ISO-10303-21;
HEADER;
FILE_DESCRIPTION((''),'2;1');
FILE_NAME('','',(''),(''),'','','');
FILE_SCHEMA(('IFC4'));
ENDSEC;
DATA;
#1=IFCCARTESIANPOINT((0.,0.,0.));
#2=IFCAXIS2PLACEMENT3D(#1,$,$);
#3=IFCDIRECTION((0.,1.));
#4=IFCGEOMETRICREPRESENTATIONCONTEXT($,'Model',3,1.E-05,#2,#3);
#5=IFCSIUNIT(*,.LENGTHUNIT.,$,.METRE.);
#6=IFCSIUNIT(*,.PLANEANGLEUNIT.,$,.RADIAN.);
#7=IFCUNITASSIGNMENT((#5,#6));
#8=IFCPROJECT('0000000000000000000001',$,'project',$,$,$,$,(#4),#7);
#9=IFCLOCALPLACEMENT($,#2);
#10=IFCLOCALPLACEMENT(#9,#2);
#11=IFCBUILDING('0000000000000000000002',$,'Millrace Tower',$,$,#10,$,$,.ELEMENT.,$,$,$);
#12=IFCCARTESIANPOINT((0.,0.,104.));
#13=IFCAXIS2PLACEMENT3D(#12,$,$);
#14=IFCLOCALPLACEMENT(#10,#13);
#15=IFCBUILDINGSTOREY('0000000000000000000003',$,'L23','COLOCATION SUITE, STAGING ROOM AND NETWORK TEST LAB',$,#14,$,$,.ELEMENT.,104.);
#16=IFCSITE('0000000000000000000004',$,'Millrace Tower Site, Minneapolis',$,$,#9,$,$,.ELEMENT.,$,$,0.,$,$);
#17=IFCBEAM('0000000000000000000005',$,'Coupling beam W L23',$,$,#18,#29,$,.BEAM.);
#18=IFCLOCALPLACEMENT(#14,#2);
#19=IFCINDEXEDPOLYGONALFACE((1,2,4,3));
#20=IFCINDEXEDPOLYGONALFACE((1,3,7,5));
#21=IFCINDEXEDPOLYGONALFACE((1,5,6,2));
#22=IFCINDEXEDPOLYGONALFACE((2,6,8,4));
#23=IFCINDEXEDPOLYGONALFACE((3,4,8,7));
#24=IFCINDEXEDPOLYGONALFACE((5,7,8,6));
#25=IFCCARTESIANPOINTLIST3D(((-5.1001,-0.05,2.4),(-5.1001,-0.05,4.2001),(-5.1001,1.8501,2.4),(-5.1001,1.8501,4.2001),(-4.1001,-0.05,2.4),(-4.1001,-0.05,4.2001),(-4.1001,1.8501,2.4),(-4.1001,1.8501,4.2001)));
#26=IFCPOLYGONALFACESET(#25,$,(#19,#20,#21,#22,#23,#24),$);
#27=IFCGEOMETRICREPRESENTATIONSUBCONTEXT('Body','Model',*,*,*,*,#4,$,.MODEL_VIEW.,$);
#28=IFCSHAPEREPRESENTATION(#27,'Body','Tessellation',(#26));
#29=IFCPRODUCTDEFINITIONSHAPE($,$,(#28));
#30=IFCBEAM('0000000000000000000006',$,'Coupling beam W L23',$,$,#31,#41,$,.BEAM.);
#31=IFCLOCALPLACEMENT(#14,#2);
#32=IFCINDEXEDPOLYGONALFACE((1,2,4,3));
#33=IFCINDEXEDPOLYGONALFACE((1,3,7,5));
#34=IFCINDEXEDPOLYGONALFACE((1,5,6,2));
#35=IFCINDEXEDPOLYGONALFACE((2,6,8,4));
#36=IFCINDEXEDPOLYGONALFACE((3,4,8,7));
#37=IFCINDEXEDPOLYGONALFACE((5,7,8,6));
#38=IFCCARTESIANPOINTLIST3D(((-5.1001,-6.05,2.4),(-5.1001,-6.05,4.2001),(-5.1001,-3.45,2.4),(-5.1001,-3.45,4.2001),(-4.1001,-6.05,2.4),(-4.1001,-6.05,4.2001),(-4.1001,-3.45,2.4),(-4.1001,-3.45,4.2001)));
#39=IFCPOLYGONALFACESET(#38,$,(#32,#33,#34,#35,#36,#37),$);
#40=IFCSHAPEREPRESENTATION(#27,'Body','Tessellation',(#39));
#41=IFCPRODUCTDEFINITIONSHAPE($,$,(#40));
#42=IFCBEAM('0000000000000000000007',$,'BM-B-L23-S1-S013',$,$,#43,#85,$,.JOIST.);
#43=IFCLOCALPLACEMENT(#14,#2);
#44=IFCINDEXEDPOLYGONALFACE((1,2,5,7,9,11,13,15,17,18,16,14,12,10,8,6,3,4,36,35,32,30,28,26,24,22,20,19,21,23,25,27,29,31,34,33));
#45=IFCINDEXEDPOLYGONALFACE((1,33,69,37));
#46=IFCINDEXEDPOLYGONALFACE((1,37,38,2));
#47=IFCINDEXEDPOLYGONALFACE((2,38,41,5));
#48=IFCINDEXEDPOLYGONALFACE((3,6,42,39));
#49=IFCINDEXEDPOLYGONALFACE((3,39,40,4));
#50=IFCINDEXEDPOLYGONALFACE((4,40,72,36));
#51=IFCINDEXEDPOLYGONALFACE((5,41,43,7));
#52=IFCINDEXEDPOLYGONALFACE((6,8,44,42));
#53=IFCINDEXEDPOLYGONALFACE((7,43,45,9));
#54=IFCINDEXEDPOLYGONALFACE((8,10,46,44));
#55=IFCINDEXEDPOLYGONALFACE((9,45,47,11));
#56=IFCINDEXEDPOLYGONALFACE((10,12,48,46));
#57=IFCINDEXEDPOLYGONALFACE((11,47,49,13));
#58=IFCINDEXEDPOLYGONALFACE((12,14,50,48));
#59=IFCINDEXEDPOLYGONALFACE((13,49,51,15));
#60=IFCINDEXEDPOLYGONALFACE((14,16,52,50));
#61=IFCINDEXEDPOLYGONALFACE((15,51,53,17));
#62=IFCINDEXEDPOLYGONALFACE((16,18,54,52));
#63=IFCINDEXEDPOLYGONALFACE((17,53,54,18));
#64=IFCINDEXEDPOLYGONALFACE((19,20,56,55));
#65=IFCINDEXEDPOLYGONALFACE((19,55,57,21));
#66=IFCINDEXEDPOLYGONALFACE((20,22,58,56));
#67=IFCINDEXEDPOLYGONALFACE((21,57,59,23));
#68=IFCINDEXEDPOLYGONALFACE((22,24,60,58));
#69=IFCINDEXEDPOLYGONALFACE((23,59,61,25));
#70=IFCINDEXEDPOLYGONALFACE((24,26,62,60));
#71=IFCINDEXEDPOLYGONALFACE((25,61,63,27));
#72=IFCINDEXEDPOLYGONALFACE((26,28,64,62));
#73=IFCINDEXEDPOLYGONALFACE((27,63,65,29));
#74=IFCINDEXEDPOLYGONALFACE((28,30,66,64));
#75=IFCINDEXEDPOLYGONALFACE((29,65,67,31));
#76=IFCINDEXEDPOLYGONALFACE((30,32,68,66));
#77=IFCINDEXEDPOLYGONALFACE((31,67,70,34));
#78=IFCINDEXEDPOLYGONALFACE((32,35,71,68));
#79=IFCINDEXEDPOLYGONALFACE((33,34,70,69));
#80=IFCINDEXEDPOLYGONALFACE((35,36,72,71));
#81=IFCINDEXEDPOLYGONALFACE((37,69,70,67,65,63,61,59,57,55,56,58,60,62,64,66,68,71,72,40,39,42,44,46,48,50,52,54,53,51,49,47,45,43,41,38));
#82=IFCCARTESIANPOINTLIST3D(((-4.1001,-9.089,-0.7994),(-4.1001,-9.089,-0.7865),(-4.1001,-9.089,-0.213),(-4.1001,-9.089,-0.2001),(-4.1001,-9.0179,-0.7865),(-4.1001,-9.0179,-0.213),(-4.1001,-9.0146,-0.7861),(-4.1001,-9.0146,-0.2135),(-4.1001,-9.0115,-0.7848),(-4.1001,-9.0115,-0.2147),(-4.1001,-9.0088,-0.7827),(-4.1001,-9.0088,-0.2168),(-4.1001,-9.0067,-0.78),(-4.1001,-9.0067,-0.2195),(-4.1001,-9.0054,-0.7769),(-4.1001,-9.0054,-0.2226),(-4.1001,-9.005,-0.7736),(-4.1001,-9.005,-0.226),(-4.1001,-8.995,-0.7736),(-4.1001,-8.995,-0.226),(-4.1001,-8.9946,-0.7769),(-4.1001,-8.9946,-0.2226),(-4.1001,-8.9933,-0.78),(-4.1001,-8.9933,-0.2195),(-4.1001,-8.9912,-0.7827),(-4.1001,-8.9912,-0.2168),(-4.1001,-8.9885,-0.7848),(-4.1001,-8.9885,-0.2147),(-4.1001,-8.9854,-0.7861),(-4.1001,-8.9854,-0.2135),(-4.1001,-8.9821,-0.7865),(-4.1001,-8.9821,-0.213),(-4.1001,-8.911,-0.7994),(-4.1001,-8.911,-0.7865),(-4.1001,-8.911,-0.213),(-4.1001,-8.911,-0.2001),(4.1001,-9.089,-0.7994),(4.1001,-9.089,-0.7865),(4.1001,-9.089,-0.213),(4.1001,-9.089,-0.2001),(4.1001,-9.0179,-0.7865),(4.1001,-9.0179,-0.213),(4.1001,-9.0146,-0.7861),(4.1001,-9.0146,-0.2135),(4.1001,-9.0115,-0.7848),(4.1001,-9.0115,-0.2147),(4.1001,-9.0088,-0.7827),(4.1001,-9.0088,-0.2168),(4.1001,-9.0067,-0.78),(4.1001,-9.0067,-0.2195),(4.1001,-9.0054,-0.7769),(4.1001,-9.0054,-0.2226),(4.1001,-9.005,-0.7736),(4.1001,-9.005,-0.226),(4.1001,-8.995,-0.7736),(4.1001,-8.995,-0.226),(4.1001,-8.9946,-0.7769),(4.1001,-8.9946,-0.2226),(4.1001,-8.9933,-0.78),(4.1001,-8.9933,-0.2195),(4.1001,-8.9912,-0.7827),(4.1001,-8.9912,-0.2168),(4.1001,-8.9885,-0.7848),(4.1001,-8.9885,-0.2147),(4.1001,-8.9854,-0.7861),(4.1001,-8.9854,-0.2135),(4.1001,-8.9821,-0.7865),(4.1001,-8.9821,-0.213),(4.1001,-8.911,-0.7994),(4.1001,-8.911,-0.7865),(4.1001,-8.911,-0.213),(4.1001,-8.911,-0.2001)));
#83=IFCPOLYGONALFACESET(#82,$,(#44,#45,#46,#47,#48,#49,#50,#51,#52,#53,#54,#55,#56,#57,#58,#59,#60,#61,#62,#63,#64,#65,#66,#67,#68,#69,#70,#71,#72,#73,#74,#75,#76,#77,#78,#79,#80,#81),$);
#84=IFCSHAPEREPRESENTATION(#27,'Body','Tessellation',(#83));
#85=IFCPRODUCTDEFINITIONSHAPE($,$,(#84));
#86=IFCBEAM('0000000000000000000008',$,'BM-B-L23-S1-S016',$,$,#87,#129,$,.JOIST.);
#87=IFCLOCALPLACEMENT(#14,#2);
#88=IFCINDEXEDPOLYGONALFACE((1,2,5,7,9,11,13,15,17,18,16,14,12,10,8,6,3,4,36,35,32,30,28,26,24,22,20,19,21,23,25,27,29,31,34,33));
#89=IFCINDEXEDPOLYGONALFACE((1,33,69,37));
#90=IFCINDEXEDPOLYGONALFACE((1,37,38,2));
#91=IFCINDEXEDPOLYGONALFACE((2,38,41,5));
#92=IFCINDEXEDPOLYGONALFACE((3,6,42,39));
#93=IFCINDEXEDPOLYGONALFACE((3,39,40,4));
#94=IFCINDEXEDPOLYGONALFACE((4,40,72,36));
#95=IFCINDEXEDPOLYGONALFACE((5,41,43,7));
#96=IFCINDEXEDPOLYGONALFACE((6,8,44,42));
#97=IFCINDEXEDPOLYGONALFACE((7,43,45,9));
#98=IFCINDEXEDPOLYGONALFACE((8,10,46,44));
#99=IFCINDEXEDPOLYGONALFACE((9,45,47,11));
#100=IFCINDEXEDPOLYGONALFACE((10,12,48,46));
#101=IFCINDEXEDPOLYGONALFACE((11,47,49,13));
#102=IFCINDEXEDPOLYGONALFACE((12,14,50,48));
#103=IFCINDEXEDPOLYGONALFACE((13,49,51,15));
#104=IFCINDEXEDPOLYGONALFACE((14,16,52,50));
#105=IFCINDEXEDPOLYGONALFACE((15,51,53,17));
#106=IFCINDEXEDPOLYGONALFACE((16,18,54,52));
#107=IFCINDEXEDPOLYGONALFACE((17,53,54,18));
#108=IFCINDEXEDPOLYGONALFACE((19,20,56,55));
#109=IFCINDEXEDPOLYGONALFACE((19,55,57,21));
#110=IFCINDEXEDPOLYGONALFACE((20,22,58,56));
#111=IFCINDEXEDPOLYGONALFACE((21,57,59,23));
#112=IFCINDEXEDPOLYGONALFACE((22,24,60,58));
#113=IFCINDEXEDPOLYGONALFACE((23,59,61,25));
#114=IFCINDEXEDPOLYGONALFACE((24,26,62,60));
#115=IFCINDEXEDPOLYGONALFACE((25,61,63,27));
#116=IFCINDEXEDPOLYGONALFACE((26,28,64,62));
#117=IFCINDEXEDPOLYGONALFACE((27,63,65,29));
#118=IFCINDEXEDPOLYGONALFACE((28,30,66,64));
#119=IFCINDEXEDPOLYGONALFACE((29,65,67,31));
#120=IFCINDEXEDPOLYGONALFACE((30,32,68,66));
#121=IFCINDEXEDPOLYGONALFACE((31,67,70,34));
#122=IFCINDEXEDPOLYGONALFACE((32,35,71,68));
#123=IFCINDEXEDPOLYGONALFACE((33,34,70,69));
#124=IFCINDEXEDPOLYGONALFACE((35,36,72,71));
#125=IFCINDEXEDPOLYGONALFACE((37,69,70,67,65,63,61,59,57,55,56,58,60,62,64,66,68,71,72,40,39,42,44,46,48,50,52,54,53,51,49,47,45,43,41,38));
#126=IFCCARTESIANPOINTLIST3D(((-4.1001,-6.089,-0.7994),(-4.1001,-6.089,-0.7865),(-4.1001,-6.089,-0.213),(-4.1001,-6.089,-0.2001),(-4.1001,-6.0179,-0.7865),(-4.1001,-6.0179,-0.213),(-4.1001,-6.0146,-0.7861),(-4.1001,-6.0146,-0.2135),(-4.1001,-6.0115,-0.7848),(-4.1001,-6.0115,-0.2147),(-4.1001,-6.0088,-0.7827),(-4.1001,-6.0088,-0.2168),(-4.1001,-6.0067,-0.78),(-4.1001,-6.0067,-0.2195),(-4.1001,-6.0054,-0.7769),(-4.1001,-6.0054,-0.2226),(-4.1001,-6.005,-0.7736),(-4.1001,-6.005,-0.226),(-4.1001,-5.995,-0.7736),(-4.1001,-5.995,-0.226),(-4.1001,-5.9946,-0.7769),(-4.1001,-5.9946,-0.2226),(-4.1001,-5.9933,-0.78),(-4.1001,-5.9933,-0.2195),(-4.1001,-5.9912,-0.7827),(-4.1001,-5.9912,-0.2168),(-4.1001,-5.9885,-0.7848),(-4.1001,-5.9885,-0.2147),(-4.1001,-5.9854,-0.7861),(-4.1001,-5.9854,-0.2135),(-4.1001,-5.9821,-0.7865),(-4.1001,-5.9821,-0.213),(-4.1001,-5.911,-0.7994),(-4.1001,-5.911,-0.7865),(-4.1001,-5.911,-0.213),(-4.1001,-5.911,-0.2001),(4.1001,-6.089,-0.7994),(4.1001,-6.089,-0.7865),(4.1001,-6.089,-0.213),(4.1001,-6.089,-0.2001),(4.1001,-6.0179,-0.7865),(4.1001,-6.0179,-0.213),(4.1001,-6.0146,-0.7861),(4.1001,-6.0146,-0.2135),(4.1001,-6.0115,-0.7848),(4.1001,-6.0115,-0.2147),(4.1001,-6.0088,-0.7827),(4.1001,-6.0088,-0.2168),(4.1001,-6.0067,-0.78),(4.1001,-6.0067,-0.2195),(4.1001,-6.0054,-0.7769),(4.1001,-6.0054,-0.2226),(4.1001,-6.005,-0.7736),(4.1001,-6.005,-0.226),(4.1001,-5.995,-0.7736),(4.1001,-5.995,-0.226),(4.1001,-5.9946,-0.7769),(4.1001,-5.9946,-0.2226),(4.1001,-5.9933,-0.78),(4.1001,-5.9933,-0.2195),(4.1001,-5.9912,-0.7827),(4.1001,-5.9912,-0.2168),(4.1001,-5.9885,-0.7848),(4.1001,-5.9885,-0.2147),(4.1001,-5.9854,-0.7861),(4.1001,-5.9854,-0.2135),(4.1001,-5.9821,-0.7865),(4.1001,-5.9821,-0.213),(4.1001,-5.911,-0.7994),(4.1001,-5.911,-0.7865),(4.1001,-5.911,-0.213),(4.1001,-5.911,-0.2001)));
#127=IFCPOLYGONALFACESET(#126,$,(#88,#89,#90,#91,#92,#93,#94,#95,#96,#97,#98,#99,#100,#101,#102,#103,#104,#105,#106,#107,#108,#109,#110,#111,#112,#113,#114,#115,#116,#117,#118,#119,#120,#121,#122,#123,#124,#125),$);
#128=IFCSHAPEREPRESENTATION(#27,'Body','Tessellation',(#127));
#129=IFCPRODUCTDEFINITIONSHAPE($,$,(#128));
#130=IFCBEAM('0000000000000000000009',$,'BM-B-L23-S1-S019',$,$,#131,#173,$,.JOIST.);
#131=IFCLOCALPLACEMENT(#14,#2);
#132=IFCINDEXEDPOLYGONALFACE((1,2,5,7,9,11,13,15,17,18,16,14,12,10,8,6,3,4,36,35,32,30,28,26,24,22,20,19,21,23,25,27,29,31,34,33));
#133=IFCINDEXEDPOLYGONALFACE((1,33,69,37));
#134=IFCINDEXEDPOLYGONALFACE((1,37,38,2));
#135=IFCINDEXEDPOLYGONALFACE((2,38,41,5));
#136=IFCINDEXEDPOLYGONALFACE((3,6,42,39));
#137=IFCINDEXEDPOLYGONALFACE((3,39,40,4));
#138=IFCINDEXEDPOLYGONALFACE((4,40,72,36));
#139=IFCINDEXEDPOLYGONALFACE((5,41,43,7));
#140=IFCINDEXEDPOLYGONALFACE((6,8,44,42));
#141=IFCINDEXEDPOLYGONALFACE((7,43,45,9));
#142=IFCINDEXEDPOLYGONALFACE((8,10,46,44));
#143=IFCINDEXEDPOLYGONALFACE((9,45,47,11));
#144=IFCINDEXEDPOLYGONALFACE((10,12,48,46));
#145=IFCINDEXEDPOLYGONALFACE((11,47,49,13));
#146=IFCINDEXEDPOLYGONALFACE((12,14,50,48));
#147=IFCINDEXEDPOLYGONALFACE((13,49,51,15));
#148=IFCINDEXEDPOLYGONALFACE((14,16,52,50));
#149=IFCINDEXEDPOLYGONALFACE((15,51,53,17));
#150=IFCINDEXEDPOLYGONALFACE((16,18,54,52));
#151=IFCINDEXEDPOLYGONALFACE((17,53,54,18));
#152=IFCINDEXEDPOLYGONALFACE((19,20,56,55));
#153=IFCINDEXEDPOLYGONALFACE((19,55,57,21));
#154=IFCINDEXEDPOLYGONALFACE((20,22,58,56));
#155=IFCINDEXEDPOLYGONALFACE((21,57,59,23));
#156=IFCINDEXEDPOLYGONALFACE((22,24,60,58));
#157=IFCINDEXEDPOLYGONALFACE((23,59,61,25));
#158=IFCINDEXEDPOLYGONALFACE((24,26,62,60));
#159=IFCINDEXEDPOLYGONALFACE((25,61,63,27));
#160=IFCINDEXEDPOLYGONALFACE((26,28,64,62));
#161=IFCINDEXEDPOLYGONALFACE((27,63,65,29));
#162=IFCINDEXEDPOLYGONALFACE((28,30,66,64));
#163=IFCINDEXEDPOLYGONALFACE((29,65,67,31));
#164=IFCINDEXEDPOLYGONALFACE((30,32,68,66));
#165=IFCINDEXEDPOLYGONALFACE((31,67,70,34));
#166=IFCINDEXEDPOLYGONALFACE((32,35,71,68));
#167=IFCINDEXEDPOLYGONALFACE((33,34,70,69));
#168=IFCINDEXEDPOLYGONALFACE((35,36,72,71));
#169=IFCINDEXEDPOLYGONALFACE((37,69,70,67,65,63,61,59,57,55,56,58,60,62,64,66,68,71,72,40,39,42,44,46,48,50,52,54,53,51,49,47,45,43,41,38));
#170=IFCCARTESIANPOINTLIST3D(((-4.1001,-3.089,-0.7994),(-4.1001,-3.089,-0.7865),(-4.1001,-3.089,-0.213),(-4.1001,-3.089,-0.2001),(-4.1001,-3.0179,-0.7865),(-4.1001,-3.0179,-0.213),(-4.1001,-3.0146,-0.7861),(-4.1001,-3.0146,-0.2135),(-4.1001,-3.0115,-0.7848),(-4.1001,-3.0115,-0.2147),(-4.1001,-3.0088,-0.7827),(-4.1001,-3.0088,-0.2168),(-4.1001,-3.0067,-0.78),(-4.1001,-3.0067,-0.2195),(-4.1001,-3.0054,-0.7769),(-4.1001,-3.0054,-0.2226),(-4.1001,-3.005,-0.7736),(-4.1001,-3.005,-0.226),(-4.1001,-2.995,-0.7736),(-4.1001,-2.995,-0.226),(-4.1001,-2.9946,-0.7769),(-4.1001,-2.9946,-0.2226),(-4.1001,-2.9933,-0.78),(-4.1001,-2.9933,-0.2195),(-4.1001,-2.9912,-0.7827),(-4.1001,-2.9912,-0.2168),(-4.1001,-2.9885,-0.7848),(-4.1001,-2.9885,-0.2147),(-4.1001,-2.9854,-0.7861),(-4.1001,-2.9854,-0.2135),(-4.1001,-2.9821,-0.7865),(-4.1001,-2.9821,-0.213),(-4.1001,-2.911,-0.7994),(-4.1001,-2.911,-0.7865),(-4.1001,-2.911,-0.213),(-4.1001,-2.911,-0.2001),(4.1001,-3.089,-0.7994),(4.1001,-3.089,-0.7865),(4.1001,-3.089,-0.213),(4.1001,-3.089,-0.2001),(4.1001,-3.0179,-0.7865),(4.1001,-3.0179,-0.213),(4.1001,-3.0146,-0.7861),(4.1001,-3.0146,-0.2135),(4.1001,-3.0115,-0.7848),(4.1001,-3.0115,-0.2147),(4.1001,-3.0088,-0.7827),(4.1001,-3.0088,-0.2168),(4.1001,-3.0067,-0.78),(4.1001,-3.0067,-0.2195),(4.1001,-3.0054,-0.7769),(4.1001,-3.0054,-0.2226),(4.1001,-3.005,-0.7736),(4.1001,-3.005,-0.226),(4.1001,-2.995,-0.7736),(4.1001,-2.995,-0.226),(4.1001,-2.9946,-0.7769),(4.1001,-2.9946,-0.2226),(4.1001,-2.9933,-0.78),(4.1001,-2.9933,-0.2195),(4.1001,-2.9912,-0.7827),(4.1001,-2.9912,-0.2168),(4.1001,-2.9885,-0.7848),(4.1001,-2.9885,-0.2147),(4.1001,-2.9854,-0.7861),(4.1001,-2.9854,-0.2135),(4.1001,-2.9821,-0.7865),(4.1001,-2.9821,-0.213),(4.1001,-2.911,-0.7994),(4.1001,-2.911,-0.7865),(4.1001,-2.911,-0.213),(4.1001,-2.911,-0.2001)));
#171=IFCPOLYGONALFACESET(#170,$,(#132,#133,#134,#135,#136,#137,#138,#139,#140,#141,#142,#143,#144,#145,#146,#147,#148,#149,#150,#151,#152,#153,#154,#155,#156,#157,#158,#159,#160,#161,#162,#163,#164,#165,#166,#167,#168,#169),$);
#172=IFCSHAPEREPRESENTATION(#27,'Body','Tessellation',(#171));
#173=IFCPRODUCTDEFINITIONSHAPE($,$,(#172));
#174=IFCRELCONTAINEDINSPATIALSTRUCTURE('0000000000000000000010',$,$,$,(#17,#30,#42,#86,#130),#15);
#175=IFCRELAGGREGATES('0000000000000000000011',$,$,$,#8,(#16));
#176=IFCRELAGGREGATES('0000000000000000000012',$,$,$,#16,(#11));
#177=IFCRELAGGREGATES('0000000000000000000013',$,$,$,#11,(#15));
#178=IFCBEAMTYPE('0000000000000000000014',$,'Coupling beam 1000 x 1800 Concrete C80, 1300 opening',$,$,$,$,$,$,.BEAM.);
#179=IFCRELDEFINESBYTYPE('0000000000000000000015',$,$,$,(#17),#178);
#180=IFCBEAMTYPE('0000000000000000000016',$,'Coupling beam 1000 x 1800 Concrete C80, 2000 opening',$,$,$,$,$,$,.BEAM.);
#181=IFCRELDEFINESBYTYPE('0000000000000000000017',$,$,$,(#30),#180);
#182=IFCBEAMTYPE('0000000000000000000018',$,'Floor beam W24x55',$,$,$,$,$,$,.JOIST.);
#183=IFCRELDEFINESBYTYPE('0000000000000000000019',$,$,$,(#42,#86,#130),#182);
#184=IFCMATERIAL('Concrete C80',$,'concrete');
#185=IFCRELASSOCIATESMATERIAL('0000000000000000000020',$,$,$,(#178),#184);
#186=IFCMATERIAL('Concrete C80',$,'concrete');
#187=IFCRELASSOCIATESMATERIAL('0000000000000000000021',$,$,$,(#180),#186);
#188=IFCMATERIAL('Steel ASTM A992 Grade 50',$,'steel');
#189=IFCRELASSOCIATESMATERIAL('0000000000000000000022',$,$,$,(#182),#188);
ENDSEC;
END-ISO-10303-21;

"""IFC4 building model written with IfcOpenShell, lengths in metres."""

from ifc_helpers import new_model, si_unit, direction, frame, origin, origin_2d, place, context, subcontext, project, spatial, rectangle, i_section, extrude, material, material_profile, profile_set, type_object, element, save


model = new_model("IFC4")

# Units and contexts
model_context = context("Model", 3, precision=1e-05, world=origin(), true_north=direction((0.0, 1.0)))
body_context = subcontext(model_context, "Body", "Model", "MODEL_VIEW")
ifc_project = project(units=[si_unit("LENGTHUNIT", "METRE"), si_unit("PLANEANGLEUNIT", "RADIAN")], contexts=[model_context])

# Site, building, storey
site_placement = place(None, origin())
site = spatial("IfcSite", under=ifc_project, at=site_placement, Name="Millrace Tower Site, Minneapolis", CompositionType="ELEMENT", RefElevation=0.0)
building_placement = place(site_placement, origin())
building = spatial("IfcBuilding", under=site, at=building_placement, Name="Millrace Tower", CompositionType="ELEMENT")
storey_placement = place(building_placement, frame((0.0, 0.0, 104.0)))
storey = spatial("IfcBuildingStorey", under=building, at=storey_placement, Name="L23", Description="COLOCATION SUITE, STAGING ROOM AND NETWORK TEST LAB", CompositionType="ELEMENT", Elevation=104.0)

# Beams
ifc_material_1 = material(Name="Concrete C80", Category="concrete")
ifc_material_profile_1 = material_profile(ifc_material_1, rectangle(XDim=1.0, YDim=1.8, at=origin_2d()))
ifc_profile_set_1 = profile_set([ifc_material_profile_1], Name="Concrete C80")
beam_type_1 = type_object("IfcBeamType", Name="Coupling beam 1000 x 1800 Concrete C80, 1300 opening", PredefinedType="BEAM", material=ifc_profile_set_1)
beam_1_placement = place(storey_placement, frame((-4.6001, -0.05, 3.3), z_axis=(0.0, 1.0, 0.0), x_axis=(-1.0, 0.0, 0.0)))
element("IfcBeam", 1, at=beam_1_placement, inside=storey, type_object=beam_type_1, Name="Coupling beam W L23", PredefinedType="BEAM", context=body_context, shape_type="SweptSolid", body=[
    extrude(rectangle(XDim=1.0, YDim=1.8, at=origin_2d()), origin(), (0.0, 0.0, 1.0), 1.9001),
])
ifc_material_2 = material(Name="Concrete C80", Category="concrete")
ifc_material_profile_2 = material_profile(ifc_material_2, rectangle(XDim=1.0, YDim=1.8, at=origin_2d()))
ifc_profile_set_2 = profile_set([ifc_material_profile_2], Name="Concrete C80")
beam_type_2 = type_object("IfcBeamType", Name="Coupling beam 1000 x 1800 Concrete C80, 2000 opening", PredefinedType="BEAM", material=ifc_profile_set_2)
beam_2_placement = place(storey_placement, frame((-4.6001, -6.05, 3.3), z_axis=(0.0, 1.0, 0.0), x_axis=(-1.0, 0.0, 0.0)))
element("IfcBeam", 2, at=beam_2_placement, inside=storey, type_object=beam_type_2, Name="Coupling beam W L23", PredefinedType="BEAM", context=body_context, shape_type="SweptSolid", body=[
    extrude(rectangle(XDim=1.0, YDim=1.8, at=origin_2d()), origin(), (0.0, 0.0, 1.0), 2.6001),
])
ifc_material_3 = material(Name="Steel ASTM A992 Grade 50", Category="steel")
ifc_material_profile_3 = material_profile(ifc_material_3, i_section(OverallWidth=0.178, OverallDepth=0.5994, WebThickness=0.01, FlangeThickness=0.0129, FilletRadius=0.0129, at=origin_2d()))
ifc_profile_set_3 = profile_set([ifc_material_profile_3], Name="Steel ASTM A992 Grade 50")
beam_type_3 = type_object("IfcBeamType", Name="Floor beam W24x55", PredefinedType="JOIST", material=ifc_profile_set_3)
for number, where, z_axis, x_axis, name in (
    (3, (-4.1001, -9.0, -0.4998), (1.0, 0.0, 0.0), (0.0, 1.0, 0.0), "BM-B-L23-S1-S013"),
    (4, (-4.1001, -6.0, -0.4998), (1.0, 0.0, 0.0), (0.0, 1.0, 0.0), "BM-B-L23-S1-S016"),
    (5, (-4.1001, -3.0, -0.4998), (1.0, 0.0, 0.0), (0.0, 1.0, 0.0), "BM-B-L23-S1-S019"),
):
    element("IfcBeam", number, at=place(storey_placement, frame(where, z_axis=z_axis, x_axis=x_axis)), inside=storey, type_object=beam_type_3, Name=name, PredefinedType="JOIST", context=body_context, shape_type="SweptSolid", body=[
        extrude(i_section(OverallWidth=0.178, OverallDepth=0.5994, WebThickness=0.01, FlangeThickness=0.0129, FilletRadius=0.0129, at=origin_2d()), origin(), (0.0, 0.0, 1.0), 8.2002),
    ])

save(model, "model.ifc")
